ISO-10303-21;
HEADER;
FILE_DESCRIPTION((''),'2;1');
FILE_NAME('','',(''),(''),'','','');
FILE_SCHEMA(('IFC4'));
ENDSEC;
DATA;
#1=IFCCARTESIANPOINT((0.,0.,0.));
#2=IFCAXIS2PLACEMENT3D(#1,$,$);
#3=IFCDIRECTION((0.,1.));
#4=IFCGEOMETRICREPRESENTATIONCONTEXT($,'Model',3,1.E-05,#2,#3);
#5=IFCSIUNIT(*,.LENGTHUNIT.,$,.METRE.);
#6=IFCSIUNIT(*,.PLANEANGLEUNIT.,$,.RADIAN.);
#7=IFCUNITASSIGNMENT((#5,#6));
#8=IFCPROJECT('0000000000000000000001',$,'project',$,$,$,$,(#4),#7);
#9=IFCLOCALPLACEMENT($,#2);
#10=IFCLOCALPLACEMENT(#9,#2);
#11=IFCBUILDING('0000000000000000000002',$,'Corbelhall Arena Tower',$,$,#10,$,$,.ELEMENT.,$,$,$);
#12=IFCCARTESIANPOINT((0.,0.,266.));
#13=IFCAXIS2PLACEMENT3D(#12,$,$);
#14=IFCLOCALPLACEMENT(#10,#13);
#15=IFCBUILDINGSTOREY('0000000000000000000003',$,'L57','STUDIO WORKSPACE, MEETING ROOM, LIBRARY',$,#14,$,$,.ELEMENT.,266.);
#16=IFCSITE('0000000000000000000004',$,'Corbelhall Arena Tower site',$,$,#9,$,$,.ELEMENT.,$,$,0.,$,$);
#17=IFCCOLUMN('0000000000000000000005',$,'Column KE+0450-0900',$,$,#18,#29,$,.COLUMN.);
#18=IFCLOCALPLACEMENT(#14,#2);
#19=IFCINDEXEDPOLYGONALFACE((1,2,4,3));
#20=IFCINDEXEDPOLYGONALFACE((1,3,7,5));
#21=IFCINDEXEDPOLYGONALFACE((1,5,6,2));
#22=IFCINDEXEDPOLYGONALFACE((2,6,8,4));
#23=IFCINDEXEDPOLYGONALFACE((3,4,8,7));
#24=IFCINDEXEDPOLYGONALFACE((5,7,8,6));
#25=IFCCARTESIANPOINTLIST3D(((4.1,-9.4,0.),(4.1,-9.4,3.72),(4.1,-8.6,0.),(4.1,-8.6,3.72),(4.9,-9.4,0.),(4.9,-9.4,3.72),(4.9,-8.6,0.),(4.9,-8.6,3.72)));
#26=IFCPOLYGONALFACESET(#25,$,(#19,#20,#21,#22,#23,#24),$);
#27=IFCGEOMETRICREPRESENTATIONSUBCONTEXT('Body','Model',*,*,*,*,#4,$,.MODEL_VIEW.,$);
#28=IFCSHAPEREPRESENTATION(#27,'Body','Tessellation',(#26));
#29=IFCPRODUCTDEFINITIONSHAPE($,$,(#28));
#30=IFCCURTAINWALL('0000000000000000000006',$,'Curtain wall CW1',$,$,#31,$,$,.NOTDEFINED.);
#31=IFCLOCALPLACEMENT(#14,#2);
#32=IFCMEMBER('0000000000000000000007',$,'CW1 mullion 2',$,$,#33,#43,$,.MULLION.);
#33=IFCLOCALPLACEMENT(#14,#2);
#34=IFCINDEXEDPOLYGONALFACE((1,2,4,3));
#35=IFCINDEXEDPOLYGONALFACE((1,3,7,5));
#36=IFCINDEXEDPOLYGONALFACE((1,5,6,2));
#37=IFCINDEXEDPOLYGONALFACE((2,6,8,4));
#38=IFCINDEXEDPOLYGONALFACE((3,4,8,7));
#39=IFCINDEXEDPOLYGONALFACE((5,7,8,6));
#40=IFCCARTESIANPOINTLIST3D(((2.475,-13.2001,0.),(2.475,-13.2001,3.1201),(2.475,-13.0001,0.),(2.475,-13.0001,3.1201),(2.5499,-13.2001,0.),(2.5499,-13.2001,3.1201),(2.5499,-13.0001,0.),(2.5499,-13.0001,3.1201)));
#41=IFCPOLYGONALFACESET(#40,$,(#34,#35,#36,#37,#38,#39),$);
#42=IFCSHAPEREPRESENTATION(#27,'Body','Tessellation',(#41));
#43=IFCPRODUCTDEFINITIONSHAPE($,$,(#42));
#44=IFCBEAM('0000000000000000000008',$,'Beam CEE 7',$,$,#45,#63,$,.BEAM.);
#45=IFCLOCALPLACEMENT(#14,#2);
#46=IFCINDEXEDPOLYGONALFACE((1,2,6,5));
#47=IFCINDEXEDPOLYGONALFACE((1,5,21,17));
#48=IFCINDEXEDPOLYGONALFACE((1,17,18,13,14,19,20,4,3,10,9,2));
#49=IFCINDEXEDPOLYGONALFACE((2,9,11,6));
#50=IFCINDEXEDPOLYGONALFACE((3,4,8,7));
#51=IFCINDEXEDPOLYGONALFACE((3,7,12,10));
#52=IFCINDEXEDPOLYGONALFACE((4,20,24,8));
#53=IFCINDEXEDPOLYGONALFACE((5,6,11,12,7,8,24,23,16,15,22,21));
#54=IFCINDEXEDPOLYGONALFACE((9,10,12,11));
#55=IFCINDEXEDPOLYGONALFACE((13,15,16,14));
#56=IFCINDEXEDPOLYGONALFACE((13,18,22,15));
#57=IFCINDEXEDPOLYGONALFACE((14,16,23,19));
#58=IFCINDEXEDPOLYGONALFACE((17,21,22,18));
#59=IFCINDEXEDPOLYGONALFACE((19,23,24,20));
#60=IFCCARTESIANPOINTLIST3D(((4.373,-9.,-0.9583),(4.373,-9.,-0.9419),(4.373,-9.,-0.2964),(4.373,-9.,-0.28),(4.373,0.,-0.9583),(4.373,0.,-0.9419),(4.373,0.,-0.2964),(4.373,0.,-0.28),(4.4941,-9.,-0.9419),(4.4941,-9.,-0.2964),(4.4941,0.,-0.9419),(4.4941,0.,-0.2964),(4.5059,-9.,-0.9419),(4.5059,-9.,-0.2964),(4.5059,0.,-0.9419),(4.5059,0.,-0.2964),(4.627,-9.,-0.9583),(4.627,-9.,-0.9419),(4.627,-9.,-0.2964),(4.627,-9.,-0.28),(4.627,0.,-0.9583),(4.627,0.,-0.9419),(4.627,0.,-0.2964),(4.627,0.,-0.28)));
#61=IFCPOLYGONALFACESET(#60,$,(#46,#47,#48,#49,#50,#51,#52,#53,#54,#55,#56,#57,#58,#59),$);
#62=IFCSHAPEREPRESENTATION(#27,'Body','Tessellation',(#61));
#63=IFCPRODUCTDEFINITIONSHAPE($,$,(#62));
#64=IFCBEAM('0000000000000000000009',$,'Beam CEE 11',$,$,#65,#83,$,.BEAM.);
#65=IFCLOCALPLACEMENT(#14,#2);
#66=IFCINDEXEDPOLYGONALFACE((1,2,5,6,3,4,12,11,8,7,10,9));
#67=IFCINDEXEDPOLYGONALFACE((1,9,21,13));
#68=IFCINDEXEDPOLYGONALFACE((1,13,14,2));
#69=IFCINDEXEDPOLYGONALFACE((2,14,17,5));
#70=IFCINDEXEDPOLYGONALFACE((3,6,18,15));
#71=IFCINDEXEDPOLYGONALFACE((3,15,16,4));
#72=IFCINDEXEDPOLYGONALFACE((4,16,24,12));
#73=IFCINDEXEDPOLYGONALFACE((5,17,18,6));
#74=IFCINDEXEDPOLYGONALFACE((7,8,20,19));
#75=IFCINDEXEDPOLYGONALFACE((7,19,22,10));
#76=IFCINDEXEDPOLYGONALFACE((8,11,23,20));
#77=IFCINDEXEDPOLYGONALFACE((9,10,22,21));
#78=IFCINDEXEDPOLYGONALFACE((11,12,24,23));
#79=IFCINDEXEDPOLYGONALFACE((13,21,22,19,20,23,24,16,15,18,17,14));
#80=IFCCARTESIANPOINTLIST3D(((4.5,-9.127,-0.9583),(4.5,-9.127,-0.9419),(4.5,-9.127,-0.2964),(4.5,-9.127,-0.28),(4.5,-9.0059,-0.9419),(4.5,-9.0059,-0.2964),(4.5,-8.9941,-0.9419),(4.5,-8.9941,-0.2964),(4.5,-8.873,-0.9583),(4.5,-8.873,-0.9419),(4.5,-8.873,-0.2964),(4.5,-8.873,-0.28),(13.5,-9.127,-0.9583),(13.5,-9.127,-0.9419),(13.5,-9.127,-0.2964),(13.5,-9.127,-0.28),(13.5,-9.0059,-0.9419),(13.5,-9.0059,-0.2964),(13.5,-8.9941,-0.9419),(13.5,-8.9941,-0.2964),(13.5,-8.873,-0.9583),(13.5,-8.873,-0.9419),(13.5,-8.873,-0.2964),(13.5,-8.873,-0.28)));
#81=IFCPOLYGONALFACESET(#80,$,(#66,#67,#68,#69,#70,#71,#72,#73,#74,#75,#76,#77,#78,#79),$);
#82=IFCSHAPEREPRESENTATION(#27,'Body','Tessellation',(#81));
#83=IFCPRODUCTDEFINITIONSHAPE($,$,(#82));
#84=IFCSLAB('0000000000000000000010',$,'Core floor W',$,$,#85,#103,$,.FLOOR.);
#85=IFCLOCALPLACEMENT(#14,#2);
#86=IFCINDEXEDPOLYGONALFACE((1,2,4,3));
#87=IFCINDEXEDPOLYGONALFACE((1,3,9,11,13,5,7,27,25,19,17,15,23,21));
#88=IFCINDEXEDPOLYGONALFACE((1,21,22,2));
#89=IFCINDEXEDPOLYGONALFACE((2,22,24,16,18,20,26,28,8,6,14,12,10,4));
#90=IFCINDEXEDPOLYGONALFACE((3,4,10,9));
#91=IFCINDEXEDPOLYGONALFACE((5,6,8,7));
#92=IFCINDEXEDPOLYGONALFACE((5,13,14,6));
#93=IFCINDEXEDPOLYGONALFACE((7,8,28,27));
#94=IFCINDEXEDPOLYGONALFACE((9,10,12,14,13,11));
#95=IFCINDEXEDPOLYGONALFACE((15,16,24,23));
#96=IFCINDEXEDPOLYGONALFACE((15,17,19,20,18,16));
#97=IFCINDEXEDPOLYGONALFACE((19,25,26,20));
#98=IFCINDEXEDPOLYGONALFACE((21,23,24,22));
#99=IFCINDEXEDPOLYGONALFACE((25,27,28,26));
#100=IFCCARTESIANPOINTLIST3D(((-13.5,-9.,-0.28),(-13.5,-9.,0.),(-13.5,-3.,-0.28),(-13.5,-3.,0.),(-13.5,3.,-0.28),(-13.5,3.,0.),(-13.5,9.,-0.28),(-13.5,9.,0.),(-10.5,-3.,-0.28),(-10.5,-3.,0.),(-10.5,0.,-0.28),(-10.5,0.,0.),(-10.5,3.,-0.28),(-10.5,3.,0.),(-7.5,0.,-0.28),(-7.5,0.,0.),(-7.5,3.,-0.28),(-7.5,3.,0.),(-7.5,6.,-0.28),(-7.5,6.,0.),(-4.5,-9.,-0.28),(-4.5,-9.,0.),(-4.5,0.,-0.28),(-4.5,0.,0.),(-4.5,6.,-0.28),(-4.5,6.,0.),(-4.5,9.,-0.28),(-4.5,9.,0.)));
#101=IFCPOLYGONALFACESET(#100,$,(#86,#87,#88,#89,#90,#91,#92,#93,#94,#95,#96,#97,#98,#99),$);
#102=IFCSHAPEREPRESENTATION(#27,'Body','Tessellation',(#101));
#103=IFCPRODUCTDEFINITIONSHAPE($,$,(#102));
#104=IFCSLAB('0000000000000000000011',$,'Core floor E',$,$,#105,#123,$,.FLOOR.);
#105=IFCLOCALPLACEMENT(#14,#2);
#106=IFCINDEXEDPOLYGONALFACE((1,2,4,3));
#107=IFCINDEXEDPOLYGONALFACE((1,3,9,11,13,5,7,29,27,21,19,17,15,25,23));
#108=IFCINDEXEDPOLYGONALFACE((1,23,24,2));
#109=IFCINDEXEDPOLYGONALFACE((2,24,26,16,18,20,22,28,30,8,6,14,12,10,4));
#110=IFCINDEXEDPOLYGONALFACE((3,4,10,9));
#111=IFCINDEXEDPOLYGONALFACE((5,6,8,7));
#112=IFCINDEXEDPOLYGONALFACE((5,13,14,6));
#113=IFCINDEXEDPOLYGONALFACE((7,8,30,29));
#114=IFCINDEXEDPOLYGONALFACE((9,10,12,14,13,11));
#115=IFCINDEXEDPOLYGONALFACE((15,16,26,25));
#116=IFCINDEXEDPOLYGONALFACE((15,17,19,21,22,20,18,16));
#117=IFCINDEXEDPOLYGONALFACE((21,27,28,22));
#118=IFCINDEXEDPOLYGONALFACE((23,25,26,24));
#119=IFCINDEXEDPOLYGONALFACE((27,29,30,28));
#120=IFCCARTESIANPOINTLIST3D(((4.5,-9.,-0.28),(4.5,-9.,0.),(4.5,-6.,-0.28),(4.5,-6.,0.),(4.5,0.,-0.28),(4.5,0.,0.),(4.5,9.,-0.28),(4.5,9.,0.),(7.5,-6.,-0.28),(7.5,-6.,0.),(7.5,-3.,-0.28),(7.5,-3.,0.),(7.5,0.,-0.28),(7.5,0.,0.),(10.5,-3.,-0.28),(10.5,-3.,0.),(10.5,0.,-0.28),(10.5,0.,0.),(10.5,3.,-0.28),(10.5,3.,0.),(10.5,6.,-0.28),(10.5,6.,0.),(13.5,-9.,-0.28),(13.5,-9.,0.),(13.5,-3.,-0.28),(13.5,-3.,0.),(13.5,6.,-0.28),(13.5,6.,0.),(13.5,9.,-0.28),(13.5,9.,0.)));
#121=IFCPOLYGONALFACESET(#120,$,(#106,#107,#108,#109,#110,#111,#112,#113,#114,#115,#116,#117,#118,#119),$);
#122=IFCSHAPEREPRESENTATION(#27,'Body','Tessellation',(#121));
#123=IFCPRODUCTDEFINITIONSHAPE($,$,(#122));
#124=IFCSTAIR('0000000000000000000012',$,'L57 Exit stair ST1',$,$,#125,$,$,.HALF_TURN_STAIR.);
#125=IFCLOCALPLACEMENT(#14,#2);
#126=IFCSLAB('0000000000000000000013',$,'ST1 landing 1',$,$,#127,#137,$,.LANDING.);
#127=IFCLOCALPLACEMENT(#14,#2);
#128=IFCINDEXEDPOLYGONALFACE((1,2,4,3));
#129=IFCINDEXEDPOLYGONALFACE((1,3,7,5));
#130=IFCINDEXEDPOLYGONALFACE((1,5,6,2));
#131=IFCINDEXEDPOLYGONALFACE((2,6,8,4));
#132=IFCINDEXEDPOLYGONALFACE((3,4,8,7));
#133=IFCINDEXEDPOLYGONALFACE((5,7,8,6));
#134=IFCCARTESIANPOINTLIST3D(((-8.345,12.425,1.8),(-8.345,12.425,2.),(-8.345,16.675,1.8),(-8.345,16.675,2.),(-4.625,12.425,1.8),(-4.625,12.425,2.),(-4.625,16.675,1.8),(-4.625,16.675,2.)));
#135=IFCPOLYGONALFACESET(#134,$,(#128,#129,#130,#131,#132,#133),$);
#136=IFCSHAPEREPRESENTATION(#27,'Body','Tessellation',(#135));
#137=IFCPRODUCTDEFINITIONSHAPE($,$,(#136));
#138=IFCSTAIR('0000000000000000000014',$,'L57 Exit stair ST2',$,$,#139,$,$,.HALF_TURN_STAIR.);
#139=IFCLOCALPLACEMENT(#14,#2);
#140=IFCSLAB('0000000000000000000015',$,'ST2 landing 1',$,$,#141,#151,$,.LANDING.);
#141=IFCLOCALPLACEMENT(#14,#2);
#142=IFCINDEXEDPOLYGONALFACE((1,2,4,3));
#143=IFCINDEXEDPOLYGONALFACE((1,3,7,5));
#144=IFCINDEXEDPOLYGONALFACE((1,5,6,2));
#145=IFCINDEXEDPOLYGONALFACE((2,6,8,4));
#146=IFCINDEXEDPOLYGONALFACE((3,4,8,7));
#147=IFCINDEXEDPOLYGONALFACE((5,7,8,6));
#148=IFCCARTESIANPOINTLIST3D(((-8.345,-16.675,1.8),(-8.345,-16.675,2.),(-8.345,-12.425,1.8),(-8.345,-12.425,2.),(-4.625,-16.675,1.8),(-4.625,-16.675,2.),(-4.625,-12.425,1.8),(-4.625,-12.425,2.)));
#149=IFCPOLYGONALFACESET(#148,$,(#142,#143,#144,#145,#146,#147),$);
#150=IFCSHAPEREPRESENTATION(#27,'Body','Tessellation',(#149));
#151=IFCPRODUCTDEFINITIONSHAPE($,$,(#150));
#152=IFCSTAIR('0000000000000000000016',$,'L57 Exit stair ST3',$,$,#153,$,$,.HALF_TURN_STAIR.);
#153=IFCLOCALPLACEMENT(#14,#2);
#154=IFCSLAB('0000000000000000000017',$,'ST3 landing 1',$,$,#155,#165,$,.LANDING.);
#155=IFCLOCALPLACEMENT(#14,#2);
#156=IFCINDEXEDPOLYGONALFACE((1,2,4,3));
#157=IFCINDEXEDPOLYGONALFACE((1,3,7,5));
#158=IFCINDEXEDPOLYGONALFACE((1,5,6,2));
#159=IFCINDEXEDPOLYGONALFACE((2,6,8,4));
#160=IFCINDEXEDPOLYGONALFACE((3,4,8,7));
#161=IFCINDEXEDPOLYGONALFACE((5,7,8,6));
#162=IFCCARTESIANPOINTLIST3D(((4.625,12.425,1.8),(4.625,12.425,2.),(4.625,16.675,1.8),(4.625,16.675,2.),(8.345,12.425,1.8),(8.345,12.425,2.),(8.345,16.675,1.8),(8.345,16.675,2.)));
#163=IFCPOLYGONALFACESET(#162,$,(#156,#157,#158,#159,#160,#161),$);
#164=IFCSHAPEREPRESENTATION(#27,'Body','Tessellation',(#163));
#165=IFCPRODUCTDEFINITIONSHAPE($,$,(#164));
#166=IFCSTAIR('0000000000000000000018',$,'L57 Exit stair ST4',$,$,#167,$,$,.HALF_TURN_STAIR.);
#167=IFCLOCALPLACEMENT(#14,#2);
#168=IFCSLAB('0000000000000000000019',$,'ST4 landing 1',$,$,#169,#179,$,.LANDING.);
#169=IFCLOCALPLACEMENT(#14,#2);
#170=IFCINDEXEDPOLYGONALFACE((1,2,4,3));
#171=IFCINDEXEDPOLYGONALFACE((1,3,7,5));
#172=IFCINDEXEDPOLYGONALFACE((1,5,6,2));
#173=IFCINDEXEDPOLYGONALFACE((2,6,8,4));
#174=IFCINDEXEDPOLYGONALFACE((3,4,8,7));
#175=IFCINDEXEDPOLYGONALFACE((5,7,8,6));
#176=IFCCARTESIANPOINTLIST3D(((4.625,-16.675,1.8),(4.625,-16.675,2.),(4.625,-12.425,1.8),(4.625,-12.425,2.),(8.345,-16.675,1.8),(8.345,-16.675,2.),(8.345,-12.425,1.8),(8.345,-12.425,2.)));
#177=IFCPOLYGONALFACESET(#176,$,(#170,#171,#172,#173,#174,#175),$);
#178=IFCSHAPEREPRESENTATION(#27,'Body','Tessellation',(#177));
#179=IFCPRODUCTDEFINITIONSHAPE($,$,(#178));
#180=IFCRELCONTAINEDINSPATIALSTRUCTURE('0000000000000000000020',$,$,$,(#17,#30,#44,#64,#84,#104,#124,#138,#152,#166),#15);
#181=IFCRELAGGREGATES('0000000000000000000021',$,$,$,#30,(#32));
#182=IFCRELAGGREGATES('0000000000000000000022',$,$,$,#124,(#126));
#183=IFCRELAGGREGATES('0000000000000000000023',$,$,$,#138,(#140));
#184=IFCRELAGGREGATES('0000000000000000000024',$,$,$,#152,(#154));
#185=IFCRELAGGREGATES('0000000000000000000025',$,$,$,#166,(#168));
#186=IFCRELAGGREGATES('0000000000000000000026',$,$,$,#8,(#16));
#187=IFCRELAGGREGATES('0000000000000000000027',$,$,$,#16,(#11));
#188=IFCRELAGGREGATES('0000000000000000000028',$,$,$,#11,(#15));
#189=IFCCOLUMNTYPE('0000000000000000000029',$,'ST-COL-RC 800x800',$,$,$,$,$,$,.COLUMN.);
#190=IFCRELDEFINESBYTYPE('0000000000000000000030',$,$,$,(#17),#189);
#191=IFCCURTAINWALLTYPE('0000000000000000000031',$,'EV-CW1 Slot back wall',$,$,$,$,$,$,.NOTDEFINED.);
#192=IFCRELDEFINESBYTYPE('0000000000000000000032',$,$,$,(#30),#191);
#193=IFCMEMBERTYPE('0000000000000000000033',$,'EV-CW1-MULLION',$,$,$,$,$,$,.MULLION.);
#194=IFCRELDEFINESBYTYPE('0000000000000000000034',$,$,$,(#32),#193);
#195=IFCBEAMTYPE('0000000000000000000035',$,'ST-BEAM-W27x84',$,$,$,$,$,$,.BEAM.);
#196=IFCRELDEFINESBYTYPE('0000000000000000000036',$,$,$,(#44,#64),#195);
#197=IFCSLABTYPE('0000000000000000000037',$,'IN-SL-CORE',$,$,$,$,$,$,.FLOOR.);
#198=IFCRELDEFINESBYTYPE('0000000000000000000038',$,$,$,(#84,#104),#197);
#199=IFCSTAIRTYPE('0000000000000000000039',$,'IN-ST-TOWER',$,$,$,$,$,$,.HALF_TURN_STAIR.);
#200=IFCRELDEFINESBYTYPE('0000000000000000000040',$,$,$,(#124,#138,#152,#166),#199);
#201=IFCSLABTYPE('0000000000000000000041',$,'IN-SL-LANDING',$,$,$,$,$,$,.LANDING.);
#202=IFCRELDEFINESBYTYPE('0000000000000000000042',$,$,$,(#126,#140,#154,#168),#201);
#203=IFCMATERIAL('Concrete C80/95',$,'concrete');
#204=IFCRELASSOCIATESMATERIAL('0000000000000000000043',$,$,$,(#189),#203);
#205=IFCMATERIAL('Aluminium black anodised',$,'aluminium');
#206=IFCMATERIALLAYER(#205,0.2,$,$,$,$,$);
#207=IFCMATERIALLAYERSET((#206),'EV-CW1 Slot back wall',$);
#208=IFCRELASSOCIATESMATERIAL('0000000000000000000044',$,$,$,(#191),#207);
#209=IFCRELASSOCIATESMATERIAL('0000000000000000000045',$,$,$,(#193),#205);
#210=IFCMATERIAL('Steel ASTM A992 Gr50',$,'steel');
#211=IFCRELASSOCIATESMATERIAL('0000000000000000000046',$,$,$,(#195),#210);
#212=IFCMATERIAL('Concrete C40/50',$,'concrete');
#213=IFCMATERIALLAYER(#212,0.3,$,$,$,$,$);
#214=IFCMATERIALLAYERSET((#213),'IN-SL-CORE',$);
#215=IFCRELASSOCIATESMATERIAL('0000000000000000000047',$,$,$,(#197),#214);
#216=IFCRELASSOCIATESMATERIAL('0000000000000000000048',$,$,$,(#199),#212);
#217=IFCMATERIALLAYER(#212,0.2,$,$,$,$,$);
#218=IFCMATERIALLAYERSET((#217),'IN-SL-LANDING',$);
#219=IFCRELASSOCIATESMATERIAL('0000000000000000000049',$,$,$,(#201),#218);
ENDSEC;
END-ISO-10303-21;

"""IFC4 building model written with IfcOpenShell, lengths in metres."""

from ifc_helpers import new_model, si_unit, direction, frame, origin, origin_2d, place, context, subcontext, project, spatial, polyline, rectangle, i_section, outline, extrude, material, layer, layer_set, material_profile, profile_set, type_object, element, aggregate, save


model = new_model("IFC4")

# Units and contexts
model_context = context("Model", 3, precision=1e-05, world=origin(), true_north=direction((0.0, 1.0)))
body_context = subcontext(model_context, "Body", "Model", "MODEL_VIEW")
ifc_project = project(units=[si_unit("LENGTHUNIT", "METRE"), si_unit("PLANEANGLEUNIT", "RADIAN")], contexts=[model_context])

# Site, building, storey
site_placement = place(None, origin())
site = spatial("IfcSite", under=ifc_project, at=site_placement, Name="Corbelhall Arena Tower site", CompositionType="ELEMENT", RefElevation=0.0)
building_placement = place(site_placement, origin())
building = spatial("IfcBuilding", under=site, at=building_placement, Name="Corbelhall Arena Tower", CompositionType="ELEMENT")
storey_placement = place(building_placement, frame((0.0, 0.0, 266.0)))
storey = spatial("IfcBuildingStorey", under=building, at=storey_placement, Name="L57", Description="STUDIO WORKSPACE, MEETING ROOM, LIBRARY", CompositionType="ELEMENT", Elevation=266.0)

# Column
ifc_material_1 = material(Name="Concrete C80/95", Category="concrete")
ifc_material_profile_1 = material_profile(ifc_material_1, rectangle(XDim=0.8, YDim=0.8, at=origin_2d()))
ifc_profile_set_1 = profile_set([ifc_material_profile_1], Name="Concrete C80/95")
column_type = type_object("IfcColumnType", Name="ST-COL-RC 800x800", PredefinedType="COLUMN", material=ifc_profile_set_1)
column_placement = place(storey_placement, frame((4.5, -9.0, 0.0), z_axis=(0.0, 0.0, 1.0), x_axis=(1.0, 0.0, 0.0)))
element("IfcColumn", 1, at=column_placement, inside=storey, type_object=column_type, Name="Column KE+0450-0900", PredefinedType="COLUMN", context=body_context, shape_type="SweptSolid", body=[
    extrude(rectangle(XDim=0.8, YDim=0.8, at=origin_2d()), origin(), (0.0, 0.0, 1.0), 3.72),
])

# Curtain wall, member
ifc_material_2 = material(Name="Aluminium black anodised", Category="aluminium")
ifc_layer_1 = layer(ifc_material_2, 0.2)
ifc_layer_set_1 = layer_set([ifc_layer_1], Name="EV-CW1 Slot back wall")
curtain_wall_type = type_object("IfcCurtainWallType", Name="EV-CW1 Slot back wall", PredefinedType="NOTDEFINED", material=ifc_layer_set_1)
curtain_wall_placement = place(storey_placement, origin())
curtain_wall = element("IfcCurtainWall", 2, at=curtain_wall_placement, inside=storey, type_object=curtain_wall_type, Name="Curtain wall CW1", PredefinedType="NOTDEFINED")
ifc_material_profile_2 = material_profile(ifc_material_2, rectangle(XDim=0.2, YDim=0.075, at=origin_2d()))
ifc_profile_set_2 = profile_set([ifc_material_profile_2], Name="Aluminium black anodised")
member_type = type_object("IfcMemberType", Name="EV-CW1-MULLION", PredefinedType="MULLION", material=ifc_profile_set_2)
member_placement = place(storey_placement, frame((2.5125, -13.1001, 0.0), z_axis=(0.0, 0.0, 1.0), x_axis=(0.0, 1.0, 0.0)))
member = element("IfcMember", 3, at=member_placement, type_object=member_type, Name="CW1 mullion 2", PredefinedType="MULLION", context=body_context, shape_type="SweptSolid", body=[
    extrude(rectangle(XDim=0.2, YDim=0.075, at=origin_2d()), origin(), (0.0, 0.0, 1.0), 3.1201),
])
aggregate(curtain_wall, [member])

# Beams
ifc_material_3 = material(Name="Steel ASTM A992 Gr50", Category="steel")
ifc_material_profile_3 = material_profile(ifc_material_3, i_section(OverallWidth=0.2539, OverallDepth=0.6782, WebThickness=0.0117, FlangeThickness=0.0164, at=origin_2d()))
ifc_profile_set_3 = profile_set([ifc_material_profile_3], Name="Steel ASTM A992 Gr50")
beam_type = type_object("IfcBeamType", Name="ST-BEAM-W27x84", PredefinedType="BEAM", material=ifc_profile_set_3)
for number, where, z_axis, x_axis, name in (
    (4, (4.5, -9.0, -0.6191), (0.0, 1.0, 0.0), (-1.0, 0.0, 0.0), "Beam CEE 7"),
    (5, (4.5, -9.0, -0.6191), (1.0, 0.0, 0.0), (0.0, 1.0, 0.0), "Beam CEE 11"),
):
    element("IfcBeam", number, at=place(storey_placement, frame(where, z_axis=z_axis, x_axis=x_axis)), inside=storey, type_object=beam_type, Name=name, PredefinedType="BEAM", context=body_context, shape_type="SweptSolid", body=[
        extrude(i_section(OverallWidth=0.2539, OverallDepth=0.6782, WebThickness=0.0117, FlangeThickness=0.0164, at=origin_2d()), origin(), (0.0, 0.0, 1.0), 9.0),
    ])

# Slabs
ifc_material_4 = material(Name="Concrete C40/50", Category="concrete")
ifc_layer_2 = layer(ifc_material_4, 0.3)
ifc_layer_set_2 = layer_set([ifc_layer_2], Name="IN-SL-CORE")
slab_type_1 = type_object("IfcSlabType", Name="IN-SL-CORE", PredefinedType="FLOOR", material=ifc_layer_set_2)
slab_1_placement = place(storey_placement, frame((0.0, 0.0, -0.28)))
element("IfcSlab", 6, at=slab_1_placement, inside=storey, type_object=slab_type_1, Name="Core floor W", PredefinedType="FLOOR", context=body_context, shape_type="SweptSolid", body=[
    extrude(outline(polyline([(-10.5, -3.0), (-13.5, -3.0), (-13.5, -9.0), (-4.5, -9.0), (-4.5, 0.0), (-7.5, 0.0), (-7.5, 3.0), (-7.5, 6.0), (-4.5, 6.0), (-4.5, 9.0), (-13.5, 9.0), (-13.5, 3.0), (-10.5, 3.0), (-10.5, 0.0), (-10.5, -3.0)])), origin(), (0.0, 0.0, 1.0), 0.28),
])
slab_2_placement = place(storey_placement, frame((0.0, 0.0, -0.28)))
element("IfcSlab", 7, at=slab_2_placement, inside=storey, type_object=slab_type_1, Name="Core floor E", PredefinedType="FLOOR", context=body_context, shape_type="SweptSolid", body=[
    extrude(outline(polyline([(13.5, -3.0), (10.5, -3.0), (10.5, 0.0), (10.5, 3.0), (10.5, 6.0), (13.5, 6.0), (13.5, 9.0), (4.5, 9.0), (4.5, 0.0), (7.5, 0.0), (7.5, -3.0), (7.5, -6.0), (4.5, -6.0), (4.5, -9.0), (13.5, -9.0), (13.5, -3.0)])), origin(), (0.0, 0.0, 1.0), 0.28),
])

# Stairs, slabs
stair_type = type_object("IfcStairType", Name="IN-ST-TOWER", PredefinedType="HALF_TURN_STAIR", material=ifc_material_4)
stair_1_placement = place(storey_placement, origin())
stair_1 = element("IfcStair", 8, at=stair_1_placement, inside=storey, type_object=stair_type, Name="L57 Exit stair ST1", PredefinedType="HALF_TURN_STAIR")
ifc_layer_3 = layer(ifc_material_4, 0.2)
ifc_layer_set_3 = layer_set([ifc_layer_3], Name="IN-SL-LANDING")
slab_type_2 = type_object("IfcSlabType", Name="IN-SL-LANDING", PredefinedType="LANDING", material=ifc_layer_set_3)
slab_3_placement = place(storey_placement, frame((0.0, 0.0, 1.8)))
slab_3 = element("IfcSlab", 9, at=slab_3_placement, type_object=slab_type_2, Name="ST1 landing 1", PredefinedType="LANDING", context=body_context, shape_type="SweptSolid", body=[
    extrude(outline(polyline([(-8.345, 12.425), (-4.625, 12.425), (-4.625, 16.675), (-8.345, 16.675), (-8.345, 12.425)])), origin(), (0.0, 0.0, 1.0), 0.2),
])
aggregate(stair_1, [slab_3])
stair_2_placement = place(storey_placement, origin())
stair_2 = element("IfcStair", 10, at=stair_2_placement, inside=storey, type_object=stair_type, Name="L57 Exit stair ST2", PredefinedType="HALF_TURN_STAIR")
slab_4_placement = place(storey_placement, frame((0.0, 0.0, 1.8)))
slab_4 = element("IfcSlab", 11, at=slab_4_placement, type_object=slab_type_2, Name="ST2 landing 1", PredefinedType="LANDING", context=body_context, shape_type="SweptSolid", body=[
    extrude(outline(polyline([(-8.345, -16.675), (-4.625, -16.675), (-4.625, -12.425), (-8.345, -12.425), (-8.345, -16.675)])), origin(), (0.0, 0.0, 1.0), 0.2),
])
aggregate(stair_2, [slab_4])
stair_3_placement = place(storey_placement, origin())
stair_3 = element("IfcStair", 12, at=stair_3_placement, inside=storey, type_object=stair_type, Name="L57 Exit stair ST3", PredefinedType="HALF_TURN_STAIR")
slab_5_placement = place(storey_placement, frame((0.0, 0.0, 1.8)))
slab_5 = element("IfcSlab", 13, at=slab_5_placement, type_object=slab_type_2, Name="ST3 landing 1", PredefinedType="LANDING", context=body_context, shape_type="SweptSolid", body=[
    extrude(outline(polyline([(8.345, 16.675), (4.625, 16.675), (4.625, 12.425), (8.345, 12.425), (8.345, 16.675)])), origin(), (0.0, 0.0, 1.0), 0.2),
])
aggregate(stair_3, [slab_5])
stair_4_placement = place(storey_placement, origin())
stair_4 = element("IfcStair", 14, at=stair_4_placement, inside=storey, type_object=stair_type, Name="L57 Exit stair ST4", PredefinedType="HALF_TURN_STAIR")
slab_6_placement = place(storey_placement, frame((0.0, 0.0, 1.8)))
slab_6 = element("IfcSlab", 15, at=slab_6_placement, type_object=slab_type_2, Name="ST4 landing 1", PredefinedType="LANDING", context=body_context, shape_type="SweptSolid", body=[
    extrude(outline(polyline([(8.345, -12.425), (4.625, -12.425), (4.625, -16.675), (8.345, -16.675), (8.345, -12.425)])), origin(), (0.0, 0.0, 1.0), 0.2),
])
aggregate(stair_4, [slab_6])

save(model, "model.ifc")
